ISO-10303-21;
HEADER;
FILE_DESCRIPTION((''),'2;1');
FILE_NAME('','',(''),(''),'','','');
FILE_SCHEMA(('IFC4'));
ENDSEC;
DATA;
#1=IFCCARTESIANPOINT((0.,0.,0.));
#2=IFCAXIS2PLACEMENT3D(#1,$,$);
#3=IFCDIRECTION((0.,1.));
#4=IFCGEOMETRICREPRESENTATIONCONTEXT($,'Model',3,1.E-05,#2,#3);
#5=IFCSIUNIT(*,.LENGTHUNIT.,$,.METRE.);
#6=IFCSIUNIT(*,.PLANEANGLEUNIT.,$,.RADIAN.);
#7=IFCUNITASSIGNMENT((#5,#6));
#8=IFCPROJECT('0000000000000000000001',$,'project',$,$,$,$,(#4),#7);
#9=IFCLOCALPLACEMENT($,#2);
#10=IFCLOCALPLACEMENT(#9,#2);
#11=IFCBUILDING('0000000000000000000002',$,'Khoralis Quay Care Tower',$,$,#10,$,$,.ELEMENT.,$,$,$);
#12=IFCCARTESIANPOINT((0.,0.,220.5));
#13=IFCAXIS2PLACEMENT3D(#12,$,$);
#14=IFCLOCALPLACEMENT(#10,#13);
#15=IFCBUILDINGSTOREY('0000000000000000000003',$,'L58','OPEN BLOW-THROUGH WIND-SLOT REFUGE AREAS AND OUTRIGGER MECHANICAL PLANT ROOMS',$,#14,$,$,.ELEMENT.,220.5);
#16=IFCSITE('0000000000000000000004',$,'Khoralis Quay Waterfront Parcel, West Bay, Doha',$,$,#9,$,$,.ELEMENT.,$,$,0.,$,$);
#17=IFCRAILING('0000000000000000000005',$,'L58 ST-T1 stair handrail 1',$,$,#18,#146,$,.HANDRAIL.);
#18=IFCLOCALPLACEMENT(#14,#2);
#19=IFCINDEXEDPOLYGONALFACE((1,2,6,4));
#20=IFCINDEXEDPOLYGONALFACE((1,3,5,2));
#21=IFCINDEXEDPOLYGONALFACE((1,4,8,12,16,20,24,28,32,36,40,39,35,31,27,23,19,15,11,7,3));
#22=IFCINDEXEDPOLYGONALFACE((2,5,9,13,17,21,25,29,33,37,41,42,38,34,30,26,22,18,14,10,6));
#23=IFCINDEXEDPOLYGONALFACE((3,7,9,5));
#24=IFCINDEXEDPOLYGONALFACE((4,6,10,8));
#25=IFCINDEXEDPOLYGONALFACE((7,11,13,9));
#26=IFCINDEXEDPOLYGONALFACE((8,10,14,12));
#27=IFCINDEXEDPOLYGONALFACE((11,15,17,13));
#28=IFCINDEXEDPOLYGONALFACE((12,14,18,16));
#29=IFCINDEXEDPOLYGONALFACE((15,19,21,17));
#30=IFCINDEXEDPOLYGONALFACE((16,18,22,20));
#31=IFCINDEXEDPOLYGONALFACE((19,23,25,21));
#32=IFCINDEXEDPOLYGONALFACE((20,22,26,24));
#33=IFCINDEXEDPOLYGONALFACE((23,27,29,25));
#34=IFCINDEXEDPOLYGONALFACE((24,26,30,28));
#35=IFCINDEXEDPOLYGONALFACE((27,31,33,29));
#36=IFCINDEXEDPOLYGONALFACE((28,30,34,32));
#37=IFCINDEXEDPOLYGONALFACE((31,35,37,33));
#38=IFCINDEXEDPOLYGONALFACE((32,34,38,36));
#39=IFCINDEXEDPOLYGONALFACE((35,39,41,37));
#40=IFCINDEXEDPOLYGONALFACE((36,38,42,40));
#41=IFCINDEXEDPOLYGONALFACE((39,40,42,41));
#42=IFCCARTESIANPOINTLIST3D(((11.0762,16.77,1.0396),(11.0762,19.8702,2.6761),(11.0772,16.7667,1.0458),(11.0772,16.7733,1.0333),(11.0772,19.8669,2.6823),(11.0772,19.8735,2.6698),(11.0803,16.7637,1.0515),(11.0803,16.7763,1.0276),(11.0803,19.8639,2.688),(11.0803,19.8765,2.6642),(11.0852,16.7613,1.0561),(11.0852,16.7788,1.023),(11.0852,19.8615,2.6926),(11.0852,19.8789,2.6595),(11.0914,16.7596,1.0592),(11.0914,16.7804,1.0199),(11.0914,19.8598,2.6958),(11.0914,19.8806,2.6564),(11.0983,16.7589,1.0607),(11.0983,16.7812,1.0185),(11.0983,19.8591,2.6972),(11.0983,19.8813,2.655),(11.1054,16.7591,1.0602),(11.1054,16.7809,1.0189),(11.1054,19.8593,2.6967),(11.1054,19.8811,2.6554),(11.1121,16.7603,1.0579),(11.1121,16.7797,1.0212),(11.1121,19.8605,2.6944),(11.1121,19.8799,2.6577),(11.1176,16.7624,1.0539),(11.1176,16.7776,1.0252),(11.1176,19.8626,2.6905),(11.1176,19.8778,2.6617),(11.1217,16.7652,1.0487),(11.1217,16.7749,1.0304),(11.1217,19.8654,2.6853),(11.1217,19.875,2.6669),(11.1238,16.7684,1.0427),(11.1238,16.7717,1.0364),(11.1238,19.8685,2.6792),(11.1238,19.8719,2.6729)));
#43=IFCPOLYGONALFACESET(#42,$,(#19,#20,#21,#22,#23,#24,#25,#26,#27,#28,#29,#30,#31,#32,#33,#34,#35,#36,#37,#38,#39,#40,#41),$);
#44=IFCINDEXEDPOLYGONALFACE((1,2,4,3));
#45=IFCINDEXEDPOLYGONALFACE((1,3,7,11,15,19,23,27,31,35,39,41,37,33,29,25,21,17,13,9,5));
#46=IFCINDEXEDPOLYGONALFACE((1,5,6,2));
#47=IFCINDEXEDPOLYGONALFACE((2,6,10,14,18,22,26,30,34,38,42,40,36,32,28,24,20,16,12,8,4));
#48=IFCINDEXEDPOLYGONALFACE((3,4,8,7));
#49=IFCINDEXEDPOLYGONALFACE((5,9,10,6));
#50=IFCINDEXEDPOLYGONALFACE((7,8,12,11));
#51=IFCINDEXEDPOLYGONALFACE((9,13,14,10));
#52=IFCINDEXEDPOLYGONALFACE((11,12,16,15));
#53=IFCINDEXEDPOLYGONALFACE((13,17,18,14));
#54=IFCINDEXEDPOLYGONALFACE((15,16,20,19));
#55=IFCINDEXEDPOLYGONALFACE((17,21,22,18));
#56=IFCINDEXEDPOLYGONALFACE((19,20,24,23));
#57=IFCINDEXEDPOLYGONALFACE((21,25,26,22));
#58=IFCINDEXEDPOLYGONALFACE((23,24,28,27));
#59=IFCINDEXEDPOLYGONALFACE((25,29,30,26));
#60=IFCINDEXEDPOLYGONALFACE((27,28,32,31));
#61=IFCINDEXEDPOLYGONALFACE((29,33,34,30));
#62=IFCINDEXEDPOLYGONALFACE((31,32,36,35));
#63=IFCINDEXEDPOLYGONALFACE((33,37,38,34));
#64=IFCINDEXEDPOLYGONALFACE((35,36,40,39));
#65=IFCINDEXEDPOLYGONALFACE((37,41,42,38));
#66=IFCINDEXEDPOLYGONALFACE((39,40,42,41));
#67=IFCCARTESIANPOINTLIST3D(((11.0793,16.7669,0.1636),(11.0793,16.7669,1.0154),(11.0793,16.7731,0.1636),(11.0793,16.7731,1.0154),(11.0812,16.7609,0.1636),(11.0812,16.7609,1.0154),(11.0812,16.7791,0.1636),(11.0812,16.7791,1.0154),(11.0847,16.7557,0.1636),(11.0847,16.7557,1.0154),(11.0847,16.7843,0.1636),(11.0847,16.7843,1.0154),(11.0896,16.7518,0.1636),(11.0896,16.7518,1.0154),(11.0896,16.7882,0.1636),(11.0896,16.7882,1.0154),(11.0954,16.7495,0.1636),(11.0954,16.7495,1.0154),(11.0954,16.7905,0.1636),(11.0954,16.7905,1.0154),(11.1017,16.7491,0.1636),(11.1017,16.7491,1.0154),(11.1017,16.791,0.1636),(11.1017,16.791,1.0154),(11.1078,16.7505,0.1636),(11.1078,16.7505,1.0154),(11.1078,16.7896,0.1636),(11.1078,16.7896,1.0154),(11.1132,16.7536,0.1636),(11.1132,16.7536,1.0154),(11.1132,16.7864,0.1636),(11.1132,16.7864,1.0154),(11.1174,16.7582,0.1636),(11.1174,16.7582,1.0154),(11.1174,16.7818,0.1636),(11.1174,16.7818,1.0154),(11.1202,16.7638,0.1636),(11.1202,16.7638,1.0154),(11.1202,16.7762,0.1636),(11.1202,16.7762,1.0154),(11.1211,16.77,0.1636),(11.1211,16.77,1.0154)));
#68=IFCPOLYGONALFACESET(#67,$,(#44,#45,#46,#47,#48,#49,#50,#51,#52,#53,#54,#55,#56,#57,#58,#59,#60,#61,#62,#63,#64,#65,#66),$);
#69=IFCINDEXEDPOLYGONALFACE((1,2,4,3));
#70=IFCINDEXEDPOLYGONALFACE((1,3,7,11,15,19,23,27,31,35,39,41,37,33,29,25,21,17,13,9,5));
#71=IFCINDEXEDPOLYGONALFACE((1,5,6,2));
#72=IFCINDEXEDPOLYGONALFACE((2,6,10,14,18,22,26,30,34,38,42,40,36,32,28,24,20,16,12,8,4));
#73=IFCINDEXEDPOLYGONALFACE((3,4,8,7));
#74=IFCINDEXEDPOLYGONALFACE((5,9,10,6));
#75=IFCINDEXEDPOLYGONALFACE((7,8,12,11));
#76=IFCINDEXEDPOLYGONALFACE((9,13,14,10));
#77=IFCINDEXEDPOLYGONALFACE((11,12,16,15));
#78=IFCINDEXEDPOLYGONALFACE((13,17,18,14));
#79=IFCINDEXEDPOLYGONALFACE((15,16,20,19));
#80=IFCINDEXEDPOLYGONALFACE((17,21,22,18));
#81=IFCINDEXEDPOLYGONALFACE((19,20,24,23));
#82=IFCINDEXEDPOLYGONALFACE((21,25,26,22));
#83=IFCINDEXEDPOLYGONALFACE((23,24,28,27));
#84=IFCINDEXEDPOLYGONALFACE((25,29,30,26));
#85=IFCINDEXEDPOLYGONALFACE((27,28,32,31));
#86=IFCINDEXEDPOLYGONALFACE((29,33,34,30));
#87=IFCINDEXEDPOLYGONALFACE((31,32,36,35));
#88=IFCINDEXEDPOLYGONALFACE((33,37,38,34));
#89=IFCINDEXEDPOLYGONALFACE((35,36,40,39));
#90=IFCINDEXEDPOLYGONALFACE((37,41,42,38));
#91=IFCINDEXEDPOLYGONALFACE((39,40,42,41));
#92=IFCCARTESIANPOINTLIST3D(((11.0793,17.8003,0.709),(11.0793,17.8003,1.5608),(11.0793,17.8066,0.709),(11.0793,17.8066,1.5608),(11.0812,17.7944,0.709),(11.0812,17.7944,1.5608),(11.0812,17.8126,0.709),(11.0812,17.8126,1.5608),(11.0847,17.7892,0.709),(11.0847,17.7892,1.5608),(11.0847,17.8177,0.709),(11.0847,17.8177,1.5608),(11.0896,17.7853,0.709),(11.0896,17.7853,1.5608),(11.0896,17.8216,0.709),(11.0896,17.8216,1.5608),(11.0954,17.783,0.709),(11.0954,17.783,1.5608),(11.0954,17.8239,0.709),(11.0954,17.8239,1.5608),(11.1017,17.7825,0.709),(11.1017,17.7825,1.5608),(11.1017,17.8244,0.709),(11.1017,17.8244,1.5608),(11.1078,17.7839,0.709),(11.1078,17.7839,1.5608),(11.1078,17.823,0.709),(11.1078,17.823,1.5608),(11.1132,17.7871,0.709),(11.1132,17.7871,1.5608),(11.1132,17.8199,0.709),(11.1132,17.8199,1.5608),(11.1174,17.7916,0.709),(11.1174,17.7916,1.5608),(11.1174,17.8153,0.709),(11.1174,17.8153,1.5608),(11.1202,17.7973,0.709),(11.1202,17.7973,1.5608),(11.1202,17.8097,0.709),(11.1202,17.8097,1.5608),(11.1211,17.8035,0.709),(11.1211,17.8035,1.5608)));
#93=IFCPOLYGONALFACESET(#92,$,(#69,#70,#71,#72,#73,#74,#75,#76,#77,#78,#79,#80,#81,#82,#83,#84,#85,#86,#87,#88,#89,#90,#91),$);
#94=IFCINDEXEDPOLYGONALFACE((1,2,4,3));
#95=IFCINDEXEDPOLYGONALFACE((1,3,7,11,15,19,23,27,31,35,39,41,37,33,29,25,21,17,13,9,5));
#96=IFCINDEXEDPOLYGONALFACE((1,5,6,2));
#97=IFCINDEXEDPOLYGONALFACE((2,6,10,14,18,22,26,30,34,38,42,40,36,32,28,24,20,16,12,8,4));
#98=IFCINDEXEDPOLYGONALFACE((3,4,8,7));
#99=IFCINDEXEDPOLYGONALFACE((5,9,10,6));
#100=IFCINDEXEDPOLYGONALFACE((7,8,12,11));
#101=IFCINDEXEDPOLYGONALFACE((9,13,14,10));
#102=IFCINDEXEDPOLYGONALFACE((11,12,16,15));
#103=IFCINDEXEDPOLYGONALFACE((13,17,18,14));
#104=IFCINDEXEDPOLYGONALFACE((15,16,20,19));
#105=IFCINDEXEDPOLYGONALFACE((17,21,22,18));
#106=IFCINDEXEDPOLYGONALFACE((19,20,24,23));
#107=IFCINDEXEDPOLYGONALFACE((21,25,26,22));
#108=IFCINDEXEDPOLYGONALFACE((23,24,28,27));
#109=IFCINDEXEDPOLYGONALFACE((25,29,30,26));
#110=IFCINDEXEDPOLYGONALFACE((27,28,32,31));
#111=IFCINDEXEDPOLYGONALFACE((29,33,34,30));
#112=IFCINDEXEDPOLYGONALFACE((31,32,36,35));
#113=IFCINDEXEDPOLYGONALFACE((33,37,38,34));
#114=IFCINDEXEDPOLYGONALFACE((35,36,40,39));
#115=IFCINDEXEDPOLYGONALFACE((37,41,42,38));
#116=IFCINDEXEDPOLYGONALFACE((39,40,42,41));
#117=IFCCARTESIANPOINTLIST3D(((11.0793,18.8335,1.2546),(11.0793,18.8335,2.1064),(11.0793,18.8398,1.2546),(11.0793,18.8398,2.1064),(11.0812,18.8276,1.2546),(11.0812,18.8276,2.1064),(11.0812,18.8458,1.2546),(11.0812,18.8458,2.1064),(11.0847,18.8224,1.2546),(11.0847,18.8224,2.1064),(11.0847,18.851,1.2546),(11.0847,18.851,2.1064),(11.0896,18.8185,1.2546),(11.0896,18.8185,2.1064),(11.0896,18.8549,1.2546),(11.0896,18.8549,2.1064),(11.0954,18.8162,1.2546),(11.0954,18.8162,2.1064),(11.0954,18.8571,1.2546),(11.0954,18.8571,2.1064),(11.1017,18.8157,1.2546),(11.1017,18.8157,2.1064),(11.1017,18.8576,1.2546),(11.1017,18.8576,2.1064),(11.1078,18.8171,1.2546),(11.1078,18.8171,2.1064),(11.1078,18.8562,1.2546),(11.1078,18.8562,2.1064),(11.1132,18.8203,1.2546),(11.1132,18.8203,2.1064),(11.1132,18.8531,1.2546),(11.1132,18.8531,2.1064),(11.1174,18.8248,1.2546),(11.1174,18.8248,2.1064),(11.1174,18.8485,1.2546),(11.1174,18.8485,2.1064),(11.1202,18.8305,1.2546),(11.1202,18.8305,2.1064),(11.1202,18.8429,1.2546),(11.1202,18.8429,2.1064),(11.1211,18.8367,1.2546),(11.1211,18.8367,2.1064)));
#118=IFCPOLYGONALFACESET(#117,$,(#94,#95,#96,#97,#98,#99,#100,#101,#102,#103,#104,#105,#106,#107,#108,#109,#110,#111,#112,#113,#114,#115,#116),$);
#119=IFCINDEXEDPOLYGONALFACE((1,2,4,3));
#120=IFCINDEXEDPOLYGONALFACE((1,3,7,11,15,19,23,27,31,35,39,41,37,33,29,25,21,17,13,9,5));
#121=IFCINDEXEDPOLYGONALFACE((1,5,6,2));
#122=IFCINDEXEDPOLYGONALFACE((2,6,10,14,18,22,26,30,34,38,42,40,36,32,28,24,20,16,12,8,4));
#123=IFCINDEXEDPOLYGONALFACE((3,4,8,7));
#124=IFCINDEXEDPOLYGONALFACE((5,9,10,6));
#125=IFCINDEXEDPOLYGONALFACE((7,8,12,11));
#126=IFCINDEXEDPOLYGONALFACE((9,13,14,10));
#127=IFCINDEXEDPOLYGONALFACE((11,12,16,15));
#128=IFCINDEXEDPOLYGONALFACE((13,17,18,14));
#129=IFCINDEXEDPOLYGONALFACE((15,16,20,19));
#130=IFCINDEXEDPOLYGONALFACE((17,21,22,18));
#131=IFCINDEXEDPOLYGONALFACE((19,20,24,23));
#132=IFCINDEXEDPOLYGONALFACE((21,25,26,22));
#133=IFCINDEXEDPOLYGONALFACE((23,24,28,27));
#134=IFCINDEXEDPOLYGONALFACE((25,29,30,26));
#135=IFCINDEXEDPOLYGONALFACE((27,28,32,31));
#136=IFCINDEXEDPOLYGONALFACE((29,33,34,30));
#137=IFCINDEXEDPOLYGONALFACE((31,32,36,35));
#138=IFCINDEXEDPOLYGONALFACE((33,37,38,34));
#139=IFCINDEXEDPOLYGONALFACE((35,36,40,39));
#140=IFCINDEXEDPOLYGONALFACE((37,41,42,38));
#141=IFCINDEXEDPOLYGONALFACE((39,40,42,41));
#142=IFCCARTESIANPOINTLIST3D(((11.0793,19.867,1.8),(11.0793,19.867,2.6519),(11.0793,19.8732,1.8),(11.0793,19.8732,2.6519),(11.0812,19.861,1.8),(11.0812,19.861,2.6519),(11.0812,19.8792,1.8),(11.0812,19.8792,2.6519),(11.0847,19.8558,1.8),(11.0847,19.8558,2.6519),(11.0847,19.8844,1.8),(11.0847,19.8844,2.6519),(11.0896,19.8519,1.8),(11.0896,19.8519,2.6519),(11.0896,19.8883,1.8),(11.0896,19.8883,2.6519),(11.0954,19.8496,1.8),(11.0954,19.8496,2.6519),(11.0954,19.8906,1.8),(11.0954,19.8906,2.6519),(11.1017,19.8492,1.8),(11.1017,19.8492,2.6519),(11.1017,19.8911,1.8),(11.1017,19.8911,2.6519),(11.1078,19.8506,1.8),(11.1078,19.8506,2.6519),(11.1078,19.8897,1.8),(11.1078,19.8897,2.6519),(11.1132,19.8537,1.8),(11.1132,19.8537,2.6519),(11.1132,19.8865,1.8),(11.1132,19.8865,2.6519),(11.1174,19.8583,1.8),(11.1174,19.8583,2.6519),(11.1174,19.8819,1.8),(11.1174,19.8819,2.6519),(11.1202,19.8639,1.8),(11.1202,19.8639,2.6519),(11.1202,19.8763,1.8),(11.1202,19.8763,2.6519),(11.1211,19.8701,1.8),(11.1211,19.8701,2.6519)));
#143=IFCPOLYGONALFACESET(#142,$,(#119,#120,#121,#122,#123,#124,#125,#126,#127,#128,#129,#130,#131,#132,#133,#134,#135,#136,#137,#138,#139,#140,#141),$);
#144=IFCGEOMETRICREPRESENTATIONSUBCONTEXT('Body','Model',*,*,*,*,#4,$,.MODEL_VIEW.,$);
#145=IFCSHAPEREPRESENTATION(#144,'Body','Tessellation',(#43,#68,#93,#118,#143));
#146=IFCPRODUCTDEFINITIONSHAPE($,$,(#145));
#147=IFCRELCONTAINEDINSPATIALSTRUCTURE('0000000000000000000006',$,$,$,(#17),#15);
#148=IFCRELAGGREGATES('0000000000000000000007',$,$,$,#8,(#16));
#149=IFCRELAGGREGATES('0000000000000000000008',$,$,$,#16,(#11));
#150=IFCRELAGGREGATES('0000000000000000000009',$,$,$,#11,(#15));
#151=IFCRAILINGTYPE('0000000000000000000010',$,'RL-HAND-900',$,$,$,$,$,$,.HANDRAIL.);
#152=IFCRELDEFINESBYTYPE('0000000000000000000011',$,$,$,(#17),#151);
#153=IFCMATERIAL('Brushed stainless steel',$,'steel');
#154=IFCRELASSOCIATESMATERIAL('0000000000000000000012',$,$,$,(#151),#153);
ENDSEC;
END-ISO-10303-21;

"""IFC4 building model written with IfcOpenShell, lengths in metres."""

from ifc_helpers import new_model, si_unit, direction, frame, origin, origin_2d, place, context, subcontext, project, spatial, circle, extrude, material, type_object, element, save


model = new_model("IFC4")

# Units and contexts
model_context = context("Model", 3, precision=1e-05, world=origin(), true_north=direction((0.0, 1.0)))
body_context = subcontext(model_context, "Body", "Model", "MODEL_VIEW")
ifc_project = project(units=[si_unit("LENGTHUNIT", "METRE"), si_unit("PLANEANGLEUNIT", "RADIAN")], contexts=[model_context])

# Site, building, storey
site_placement = place(None, origin())
site = spatial("IfcSite", under=ifc_project, at=site_placement, Name="Khoralis Quay Waterfront Parcel, West Bay, Doha", CompositionType="ELEMENT", RefElevation=0.0)
building_placement = place(site_placement, origin())
building = spatial("IfcBuilding", under=site, at=building_placement, Name="Khoralis Quay Care Tower", CompositionType="ELEMENT")
storey_placement = place(building_placement, frame((0.0, 0.0, 220.5)))
storey = spatial("IfcBuildingStorey", under=building, at=storey_placement, Name="L58", Description="OPEN BLOW-THROUGH WIND-SLOT REFUGE AREAS AND OUTRIGGER MECHANICAL PLANT ROOMS", CompositionType="ELEMENT", Elevation=220.5)

# Shared definitions
ifc_material_1 = material(Name="Brushed stainless steel", Category="steel")

# Railing
railing_type_1 = type_object("IfcRailingType", Name="RL-HAND-900", PredefinedType="HANDRAIL", material=ifc_material_1)
railing_1_placement = place(storey_placement, frame((11.1001, 16.77, 0.1636)))
element("IfcRailing", 1, at=railing_1_placement, inside=storey, type_object=railing_type_1, Name="L58 ST-T1 stair handrail 1", PredefinedType="HANDRAIL", context=body_context, shape_type="SweptSolid", body=[
    extrude(circle(Radius=0.0239, at=origin_2d()), frame((0.0, 0.0, 0.876), z_axis=(0.0, 0.884348, 0.466828), x_axis=(-1.0, 0.0, 0.0)), (0.0, 0.0, 1.0), 3.5056),
    extrude(circle(Radius=0.021, at=origin_2d()), origin(), (0.0, 0.0, 1.0), 0.8518),
    extrude(circle(Radius=0.021, at=origin_2d()), frame((0.0, 1.0334, 0.5454)), (0.0, 0.0, 1.0), 0.8518),
    extrude(circle(Radius=0.021, at=origin_2d()), frame((0.0, 2.0667, 1.0911)), (0.0, 0.0, 1.0), 0.8518),
    extrude(circle(Radius=0.021, at=origin_2d()), frame((0.0, 3.1001, 1.6365)), (0.0, 0.0, 1.0), 0.8518),
])

save(model, "model.ifc")
